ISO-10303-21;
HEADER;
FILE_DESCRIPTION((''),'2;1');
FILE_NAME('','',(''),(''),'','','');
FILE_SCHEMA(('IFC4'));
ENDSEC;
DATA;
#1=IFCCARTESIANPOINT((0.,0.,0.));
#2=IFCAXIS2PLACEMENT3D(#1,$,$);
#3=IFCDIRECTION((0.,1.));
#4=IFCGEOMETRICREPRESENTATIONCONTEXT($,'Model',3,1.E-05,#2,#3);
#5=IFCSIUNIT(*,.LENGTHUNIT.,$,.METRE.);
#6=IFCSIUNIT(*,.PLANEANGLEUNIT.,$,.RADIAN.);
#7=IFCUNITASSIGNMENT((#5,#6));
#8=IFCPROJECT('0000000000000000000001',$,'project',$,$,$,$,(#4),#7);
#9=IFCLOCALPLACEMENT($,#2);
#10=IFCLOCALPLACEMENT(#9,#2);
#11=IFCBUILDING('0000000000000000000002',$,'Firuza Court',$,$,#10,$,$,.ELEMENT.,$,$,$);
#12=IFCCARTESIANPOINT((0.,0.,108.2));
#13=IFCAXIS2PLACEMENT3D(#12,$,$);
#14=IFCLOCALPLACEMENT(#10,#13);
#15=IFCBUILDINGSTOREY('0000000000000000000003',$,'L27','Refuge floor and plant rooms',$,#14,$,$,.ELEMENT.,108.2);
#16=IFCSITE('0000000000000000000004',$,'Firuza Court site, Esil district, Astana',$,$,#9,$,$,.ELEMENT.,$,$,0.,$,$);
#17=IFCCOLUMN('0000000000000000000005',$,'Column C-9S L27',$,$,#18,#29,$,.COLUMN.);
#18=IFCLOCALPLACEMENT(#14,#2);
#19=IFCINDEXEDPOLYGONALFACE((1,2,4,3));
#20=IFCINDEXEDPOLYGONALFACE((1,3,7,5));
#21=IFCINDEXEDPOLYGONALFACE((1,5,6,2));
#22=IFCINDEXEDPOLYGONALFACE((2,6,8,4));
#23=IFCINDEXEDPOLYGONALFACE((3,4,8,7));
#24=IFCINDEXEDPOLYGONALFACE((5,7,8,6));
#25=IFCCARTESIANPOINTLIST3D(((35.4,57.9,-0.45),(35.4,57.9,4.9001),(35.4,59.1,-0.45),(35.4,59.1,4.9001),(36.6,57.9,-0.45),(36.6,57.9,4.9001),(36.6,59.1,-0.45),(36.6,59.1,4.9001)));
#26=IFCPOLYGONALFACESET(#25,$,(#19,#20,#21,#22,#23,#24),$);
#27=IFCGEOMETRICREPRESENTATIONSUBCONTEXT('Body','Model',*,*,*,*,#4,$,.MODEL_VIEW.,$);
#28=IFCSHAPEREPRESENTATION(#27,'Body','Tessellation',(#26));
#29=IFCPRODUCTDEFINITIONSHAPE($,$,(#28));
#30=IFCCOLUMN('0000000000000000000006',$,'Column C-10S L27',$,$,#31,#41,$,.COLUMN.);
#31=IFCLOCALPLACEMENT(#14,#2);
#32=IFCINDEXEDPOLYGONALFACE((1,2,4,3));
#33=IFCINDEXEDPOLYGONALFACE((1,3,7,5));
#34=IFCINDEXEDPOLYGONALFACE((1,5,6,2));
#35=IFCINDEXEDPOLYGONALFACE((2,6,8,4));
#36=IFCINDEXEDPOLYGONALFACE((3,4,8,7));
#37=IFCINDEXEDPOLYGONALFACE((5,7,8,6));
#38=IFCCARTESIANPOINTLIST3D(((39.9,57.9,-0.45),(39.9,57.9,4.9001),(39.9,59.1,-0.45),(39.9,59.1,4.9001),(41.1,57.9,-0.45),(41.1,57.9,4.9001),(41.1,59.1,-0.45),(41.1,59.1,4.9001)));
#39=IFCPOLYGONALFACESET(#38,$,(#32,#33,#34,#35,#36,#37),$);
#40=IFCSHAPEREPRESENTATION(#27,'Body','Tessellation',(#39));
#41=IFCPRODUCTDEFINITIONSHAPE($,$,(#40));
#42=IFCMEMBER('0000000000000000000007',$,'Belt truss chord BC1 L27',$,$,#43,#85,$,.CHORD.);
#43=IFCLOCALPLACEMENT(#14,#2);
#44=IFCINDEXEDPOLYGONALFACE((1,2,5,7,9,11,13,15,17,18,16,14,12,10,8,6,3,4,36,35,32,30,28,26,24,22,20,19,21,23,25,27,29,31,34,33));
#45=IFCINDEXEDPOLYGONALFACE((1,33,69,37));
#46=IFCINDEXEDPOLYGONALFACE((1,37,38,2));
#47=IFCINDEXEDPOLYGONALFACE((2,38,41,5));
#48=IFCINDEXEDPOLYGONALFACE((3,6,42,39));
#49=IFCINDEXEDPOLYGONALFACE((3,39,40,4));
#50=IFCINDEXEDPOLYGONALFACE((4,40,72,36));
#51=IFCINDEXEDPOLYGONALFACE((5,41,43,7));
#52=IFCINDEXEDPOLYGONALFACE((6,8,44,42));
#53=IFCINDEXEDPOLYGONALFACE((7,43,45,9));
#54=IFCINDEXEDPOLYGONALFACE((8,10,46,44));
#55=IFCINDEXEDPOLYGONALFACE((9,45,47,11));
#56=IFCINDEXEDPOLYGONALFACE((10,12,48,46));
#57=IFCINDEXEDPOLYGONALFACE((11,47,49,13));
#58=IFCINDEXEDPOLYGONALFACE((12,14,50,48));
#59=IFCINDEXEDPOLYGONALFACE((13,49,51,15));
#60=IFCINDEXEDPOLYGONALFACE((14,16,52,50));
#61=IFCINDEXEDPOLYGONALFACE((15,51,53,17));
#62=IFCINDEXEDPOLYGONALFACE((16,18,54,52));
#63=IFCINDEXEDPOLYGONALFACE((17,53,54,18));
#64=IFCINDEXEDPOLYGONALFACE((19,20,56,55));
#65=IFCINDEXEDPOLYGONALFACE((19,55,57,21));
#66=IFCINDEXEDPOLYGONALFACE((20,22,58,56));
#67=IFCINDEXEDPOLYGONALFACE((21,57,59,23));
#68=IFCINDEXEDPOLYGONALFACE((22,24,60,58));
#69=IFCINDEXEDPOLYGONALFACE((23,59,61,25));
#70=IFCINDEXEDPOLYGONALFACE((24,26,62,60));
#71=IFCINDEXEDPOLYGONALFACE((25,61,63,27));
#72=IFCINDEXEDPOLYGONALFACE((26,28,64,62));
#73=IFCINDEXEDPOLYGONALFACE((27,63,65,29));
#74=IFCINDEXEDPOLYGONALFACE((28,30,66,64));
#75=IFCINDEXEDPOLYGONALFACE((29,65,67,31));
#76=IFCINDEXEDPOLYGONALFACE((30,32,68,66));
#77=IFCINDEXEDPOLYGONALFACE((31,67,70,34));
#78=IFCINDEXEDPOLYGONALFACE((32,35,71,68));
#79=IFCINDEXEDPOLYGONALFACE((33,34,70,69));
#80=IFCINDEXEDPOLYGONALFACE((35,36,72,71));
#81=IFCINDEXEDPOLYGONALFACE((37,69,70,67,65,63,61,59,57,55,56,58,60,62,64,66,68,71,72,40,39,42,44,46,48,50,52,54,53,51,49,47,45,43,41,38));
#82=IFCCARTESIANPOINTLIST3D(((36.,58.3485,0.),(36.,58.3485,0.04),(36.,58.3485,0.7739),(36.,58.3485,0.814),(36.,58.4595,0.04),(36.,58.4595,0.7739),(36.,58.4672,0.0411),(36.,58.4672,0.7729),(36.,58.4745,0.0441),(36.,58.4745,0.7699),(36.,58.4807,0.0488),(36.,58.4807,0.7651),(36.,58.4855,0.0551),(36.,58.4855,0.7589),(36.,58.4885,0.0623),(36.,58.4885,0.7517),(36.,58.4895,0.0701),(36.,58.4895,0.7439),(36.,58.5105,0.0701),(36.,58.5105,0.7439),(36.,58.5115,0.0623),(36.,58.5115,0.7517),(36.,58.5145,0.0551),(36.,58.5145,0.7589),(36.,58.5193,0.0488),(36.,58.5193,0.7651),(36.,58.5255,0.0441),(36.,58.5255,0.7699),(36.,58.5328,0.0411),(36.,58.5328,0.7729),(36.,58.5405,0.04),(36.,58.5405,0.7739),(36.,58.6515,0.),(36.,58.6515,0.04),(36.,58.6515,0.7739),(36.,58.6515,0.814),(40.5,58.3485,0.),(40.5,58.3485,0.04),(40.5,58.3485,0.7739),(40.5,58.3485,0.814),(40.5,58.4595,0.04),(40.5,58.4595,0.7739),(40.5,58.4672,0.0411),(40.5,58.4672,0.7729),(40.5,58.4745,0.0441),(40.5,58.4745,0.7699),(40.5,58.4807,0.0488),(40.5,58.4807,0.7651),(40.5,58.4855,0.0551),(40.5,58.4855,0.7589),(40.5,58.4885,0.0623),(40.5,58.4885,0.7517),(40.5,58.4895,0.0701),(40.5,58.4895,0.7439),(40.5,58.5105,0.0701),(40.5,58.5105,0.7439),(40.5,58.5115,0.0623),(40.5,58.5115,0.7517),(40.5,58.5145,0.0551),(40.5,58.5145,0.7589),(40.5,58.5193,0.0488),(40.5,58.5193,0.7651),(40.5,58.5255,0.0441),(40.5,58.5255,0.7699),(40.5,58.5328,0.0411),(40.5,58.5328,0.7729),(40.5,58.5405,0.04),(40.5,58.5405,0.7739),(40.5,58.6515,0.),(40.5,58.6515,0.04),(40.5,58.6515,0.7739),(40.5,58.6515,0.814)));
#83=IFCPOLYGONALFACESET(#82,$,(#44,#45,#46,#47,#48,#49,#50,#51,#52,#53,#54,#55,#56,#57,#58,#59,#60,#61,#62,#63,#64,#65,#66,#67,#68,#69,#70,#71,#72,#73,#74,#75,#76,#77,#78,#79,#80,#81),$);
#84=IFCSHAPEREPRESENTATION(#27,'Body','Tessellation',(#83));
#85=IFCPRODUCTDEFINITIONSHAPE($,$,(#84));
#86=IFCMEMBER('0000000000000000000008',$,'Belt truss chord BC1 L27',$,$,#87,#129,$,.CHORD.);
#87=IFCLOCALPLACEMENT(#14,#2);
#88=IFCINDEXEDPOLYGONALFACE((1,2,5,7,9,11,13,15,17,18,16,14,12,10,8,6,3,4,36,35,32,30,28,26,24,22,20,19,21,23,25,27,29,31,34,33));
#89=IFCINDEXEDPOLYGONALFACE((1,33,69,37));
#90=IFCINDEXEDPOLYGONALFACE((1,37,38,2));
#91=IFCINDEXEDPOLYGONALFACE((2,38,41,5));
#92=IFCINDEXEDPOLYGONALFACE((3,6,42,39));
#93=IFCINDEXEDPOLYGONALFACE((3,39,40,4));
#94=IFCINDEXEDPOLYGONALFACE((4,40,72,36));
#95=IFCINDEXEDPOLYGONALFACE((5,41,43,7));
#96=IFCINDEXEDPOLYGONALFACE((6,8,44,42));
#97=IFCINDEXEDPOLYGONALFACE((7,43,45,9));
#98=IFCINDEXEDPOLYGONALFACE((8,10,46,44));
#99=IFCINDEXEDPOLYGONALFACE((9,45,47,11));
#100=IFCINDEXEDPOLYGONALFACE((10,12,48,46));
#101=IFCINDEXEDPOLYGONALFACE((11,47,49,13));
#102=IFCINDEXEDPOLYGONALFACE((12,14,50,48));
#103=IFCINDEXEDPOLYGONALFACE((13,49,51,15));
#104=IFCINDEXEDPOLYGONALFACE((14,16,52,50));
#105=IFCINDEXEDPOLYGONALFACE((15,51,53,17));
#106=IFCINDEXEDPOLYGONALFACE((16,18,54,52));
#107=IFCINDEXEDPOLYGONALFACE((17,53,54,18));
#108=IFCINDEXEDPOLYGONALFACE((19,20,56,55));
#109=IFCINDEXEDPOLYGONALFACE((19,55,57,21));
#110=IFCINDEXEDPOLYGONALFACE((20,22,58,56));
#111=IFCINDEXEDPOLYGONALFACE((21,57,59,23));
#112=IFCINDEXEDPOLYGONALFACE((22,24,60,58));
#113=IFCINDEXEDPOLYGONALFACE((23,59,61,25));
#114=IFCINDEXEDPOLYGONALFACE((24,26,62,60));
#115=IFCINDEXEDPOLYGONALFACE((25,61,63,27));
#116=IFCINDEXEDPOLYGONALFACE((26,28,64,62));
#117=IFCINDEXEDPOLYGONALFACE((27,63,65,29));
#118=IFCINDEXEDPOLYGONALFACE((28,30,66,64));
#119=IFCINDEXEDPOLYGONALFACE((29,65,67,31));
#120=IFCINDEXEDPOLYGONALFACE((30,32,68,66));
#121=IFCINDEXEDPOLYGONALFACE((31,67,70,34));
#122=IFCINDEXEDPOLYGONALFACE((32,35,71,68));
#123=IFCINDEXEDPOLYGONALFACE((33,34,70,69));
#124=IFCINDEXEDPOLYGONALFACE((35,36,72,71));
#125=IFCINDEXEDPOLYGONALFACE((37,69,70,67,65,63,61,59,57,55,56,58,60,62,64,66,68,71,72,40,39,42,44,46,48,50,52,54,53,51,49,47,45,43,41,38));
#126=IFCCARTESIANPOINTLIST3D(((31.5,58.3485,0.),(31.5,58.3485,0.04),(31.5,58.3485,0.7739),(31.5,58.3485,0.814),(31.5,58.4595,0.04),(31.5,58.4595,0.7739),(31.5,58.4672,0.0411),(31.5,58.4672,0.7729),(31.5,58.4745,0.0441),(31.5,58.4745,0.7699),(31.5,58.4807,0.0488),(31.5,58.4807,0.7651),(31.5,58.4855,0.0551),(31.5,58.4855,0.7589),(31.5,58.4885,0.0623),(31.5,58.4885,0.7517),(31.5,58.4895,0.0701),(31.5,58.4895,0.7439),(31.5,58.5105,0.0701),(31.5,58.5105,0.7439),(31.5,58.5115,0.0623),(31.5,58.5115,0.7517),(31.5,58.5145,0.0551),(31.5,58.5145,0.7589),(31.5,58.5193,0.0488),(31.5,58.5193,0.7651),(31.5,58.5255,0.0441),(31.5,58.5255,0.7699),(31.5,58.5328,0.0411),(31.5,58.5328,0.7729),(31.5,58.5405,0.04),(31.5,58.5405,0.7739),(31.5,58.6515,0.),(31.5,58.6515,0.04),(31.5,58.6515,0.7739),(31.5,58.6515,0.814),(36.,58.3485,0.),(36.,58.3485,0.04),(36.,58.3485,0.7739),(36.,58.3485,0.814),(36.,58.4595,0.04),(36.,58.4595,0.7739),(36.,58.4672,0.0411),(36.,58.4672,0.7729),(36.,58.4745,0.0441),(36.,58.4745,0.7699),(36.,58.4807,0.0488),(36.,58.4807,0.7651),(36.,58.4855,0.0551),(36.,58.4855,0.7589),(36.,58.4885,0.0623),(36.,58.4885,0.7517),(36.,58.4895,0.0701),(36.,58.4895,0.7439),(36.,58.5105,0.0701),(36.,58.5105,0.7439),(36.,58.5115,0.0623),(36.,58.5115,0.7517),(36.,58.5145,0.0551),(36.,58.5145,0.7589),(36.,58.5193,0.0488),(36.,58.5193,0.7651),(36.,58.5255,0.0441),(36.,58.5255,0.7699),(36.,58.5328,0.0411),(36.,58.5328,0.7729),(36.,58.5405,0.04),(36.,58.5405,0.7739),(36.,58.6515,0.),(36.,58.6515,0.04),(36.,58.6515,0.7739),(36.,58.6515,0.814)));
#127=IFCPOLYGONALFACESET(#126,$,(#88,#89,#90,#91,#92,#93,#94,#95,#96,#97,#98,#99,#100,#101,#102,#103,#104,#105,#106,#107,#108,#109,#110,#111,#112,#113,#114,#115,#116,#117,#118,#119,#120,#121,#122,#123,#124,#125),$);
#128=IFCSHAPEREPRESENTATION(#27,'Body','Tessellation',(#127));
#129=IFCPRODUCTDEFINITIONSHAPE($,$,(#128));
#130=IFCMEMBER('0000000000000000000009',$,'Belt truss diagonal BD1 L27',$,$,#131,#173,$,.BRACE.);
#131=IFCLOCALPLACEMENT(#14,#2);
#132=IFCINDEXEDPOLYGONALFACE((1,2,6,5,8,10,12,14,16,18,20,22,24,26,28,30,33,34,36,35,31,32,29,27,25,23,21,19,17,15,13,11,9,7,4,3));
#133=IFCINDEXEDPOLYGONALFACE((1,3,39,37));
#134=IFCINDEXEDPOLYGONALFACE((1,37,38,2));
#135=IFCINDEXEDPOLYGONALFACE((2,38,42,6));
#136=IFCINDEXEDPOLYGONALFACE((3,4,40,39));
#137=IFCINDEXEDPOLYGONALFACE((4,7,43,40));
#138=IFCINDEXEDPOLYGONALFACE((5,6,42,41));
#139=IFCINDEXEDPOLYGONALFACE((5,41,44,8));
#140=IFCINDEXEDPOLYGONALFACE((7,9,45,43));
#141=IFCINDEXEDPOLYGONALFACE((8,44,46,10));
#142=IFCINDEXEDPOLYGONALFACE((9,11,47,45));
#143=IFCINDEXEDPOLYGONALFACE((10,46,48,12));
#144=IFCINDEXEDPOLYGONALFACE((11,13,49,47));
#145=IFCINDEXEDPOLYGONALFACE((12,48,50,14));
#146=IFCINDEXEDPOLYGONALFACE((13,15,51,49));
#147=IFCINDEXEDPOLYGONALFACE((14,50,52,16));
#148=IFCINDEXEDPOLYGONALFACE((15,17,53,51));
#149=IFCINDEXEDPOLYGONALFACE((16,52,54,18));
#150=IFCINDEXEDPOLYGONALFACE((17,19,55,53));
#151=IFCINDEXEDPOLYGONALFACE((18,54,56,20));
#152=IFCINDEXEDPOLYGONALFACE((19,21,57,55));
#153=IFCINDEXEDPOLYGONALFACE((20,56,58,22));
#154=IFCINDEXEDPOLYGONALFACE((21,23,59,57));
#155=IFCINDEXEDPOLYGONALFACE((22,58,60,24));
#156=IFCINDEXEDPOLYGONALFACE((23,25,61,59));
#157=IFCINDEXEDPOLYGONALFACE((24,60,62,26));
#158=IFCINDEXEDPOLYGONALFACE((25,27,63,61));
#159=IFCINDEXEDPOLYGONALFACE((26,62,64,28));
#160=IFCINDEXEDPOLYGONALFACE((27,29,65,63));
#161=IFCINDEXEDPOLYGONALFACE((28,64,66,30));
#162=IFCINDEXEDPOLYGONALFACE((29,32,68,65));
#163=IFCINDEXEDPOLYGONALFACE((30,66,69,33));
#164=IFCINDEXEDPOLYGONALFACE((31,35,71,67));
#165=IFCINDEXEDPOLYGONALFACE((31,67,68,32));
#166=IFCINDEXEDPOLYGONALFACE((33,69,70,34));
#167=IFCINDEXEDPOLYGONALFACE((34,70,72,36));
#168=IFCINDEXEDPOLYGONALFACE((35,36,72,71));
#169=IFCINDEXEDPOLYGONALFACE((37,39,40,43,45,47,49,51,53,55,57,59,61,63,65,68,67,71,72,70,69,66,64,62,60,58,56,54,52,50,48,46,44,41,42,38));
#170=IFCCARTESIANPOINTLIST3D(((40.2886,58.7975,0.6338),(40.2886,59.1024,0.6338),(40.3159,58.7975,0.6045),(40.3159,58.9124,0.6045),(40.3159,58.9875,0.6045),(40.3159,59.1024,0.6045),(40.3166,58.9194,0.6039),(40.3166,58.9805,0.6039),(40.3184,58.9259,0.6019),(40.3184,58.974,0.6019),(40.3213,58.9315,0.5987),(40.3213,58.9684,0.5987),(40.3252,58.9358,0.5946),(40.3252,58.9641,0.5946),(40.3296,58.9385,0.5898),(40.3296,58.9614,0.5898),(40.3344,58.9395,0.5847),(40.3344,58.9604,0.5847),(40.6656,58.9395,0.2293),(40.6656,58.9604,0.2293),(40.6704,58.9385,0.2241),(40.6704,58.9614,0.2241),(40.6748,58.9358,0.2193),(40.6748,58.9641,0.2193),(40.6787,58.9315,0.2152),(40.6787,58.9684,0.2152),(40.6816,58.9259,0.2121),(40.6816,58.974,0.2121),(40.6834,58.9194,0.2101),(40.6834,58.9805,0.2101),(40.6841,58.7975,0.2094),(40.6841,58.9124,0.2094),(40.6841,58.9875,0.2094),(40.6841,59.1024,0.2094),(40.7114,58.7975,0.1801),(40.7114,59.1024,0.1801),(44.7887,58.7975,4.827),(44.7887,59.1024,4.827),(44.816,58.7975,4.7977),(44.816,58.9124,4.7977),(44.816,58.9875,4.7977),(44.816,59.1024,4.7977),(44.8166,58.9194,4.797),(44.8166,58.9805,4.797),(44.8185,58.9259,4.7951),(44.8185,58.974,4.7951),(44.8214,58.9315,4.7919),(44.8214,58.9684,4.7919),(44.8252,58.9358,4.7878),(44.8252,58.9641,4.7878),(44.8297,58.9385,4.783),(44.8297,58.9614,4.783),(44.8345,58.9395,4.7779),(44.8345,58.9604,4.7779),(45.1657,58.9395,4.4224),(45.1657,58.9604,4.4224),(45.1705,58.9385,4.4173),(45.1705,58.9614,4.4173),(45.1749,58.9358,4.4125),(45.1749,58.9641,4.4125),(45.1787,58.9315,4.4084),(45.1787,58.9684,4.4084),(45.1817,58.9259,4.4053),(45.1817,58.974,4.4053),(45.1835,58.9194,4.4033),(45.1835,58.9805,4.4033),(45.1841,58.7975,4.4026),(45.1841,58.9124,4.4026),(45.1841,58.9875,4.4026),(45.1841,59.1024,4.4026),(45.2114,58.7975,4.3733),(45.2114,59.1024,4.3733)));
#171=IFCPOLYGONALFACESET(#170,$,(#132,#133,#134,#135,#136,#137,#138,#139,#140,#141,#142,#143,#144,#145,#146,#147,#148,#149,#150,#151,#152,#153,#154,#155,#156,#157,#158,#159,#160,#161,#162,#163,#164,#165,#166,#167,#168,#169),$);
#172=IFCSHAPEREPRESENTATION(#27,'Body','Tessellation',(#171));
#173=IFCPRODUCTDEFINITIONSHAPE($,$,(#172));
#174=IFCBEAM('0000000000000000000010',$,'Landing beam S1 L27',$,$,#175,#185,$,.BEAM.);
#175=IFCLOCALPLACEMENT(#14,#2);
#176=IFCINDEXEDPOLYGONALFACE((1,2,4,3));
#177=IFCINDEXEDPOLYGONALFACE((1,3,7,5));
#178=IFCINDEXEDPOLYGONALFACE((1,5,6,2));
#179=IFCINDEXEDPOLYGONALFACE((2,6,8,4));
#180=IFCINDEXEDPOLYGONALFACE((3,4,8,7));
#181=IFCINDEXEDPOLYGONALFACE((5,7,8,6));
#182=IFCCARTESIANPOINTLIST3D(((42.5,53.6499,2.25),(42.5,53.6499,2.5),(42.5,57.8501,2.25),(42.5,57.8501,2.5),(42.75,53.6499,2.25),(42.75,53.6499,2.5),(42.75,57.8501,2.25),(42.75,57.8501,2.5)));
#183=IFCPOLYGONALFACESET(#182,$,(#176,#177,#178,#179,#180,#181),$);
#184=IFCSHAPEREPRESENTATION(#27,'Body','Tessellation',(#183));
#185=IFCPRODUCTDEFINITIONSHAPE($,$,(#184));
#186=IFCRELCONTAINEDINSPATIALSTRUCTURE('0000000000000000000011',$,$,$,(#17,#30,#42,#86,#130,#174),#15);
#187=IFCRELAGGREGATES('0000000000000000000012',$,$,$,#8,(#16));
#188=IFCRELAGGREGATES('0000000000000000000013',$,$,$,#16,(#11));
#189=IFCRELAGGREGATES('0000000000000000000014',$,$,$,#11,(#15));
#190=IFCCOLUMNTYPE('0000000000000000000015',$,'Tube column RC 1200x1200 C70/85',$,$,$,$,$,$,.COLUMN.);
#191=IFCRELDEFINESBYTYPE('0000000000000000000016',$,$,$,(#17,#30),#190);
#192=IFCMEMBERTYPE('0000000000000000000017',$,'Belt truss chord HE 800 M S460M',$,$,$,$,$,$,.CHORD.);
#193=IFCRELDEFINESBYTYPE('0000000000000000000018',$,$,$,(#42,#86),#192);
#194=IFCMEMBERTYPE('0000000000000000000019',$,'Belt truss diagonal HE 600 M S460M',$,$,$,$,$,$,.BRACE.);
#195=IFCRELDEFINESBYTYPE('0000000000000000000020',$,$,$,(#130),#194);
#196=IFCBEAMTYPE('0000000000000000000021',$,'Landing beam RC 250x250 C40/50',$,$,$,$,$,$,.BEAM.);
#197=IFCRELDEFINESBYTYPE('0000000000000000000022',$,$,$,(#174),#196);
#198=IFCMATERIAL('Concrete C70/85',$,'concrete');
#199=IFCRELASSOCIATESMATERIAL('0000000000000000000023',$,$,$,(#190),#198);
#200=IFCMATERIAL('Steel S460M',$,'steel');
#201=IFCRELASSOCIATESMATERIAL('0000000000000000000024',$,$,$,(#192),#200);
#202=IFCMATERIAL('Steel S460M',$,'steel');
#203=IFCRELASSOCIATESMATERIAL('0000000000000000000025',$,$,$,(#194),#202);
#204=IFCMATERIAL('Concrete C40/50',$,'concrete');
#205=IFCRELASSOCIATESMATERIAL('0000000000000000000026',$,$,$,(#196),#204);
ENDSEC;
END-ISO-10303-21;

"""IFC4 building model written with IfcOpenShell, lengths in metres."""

from ifc_helpers import new_model, si_unit, direction, frame, origin, origin_2d, place, context, subcontext, project, spatial, rectangle, i_section, extrude, material, material_profile, profile_set, type_object, element, save


model = new_model("IFC4")

# Units and contexts
model_context = context("Model", 3, precision=1e-05, world=origin(), true_north=direction((0.0, 1.0)))
body_context = subcontext(model_context, "Body", "Model", "MODEL_VIEW")
ifc_project = project(units=[si_unit("LENGTHUNIT", "METRE"), si_unit("PLANEANGLEUNIT", "RADIAN")], contexts=[model_context])

# Site, building, storey
site_placement = place(None, origin())
site = spatial("IfcSite", under=ifc_project, at=site_placement, Name="Firuza Court site, Esil district, Astana", CompositionType="ELEMENT", RefElevation=0.0)
building_placement = place(site_placement, origin())
building = spatial("IfcBuilding", under=site, at=building_placement, Name="Firuza Court", CompositionType="ELEMENT")
storey_placement = place(building_placement, frame((0.0, 0.0, 108.2)))
storey = spatial("IfcBuildingStorey", under=building, at=storey_placement, Name="L27", Description="Refuge floor and plant rooms", CompositionType="ELEMENT", Elevation=108.2)

# Columns
ifc_material_1 = material(Name="Concrete C70/85", Category="concrete")
ifc_material_profile_1 = material_profile(ifc_material_1, rectangle(XDim=1.2, YDim=1.2, at=origin_2d()), Name="RC 1200x1200")
ifc_profile_set_1 = profile_set([ifc_material_profile_1], Name="Concrete C70/85")
column_type = type_object("IfcColumnType", Name="Tube column RC 1200x1200 C70/85", PredefinedType="COLUMN", material=ifc_profile_set_1)
for number, where, z_axis, x_axis, name in (
    (1, (36.0, 58.5, -0.45), (0.0, 0.0, 1.0), (1.0, 0.0, 0.0), "Column C-9S L27"),
    (2, (40.5, 58.5, -0.45), (0.0, 0.0, 1.0), (1.0, 0.0, 0.0), "Column C-10S L27"),
):
    element("IfcColumn", number, at=place(storey_placement, frame(where, z_axis=z_axis, x_axis=x_axis)), inside=storey, type_object=column_type, Name=name, PredefinedType="COLUMN", context=body_context, shape_type="SweptSolid", body=[
        extrude(rectangle(XDim=1.2, YDim=1.2, at=origin_2d()), origin(), (0.0, 0.0, 1.0), 5.3501),
    ])

# Members
ifc_material_2 = material(Name="Steel S460M", Category="steel")
ifc_material_profile_2 = material_profile(ifc_material_2, i_section(OverallWidth=0.303, OverallDepth=0.814, WebThickness=0.021, FlangeThickness=0.04, FilletRadius=0.03, at=origin_2d()), Name="HE 800 M")
ifc_profile_set_2 = profile_set([ifc_material_profile_2], Name="Steel S460M")
member_type_1 = type_object("IfcMemberType", Name="Belt truss chord HE 800 M S460M", PredefinedType="CHORD", material=ifc_profile_set_2)
for number, where, z_axis, x_axis, name in (
    (3, (40.5, 58.5, 0.407), (-1.0, 0.0, 0.0), (0.0, -1.0, 0.0), "Belt truss chord BC1 L27"),
    (4, (36.0, 58.5, 0.407), (-1.0, 0.0, 0.0), (0.0, -1.0, 0.0), "Belt truss chord BC1 L27"),
):
    element("IfcMember", number, at=place(storey_placement, frame(where, z_axis=z_axis, x_axis=x_axis)), inside=storey, type_object=member_type_1, Name=name, PredefinedType="CHORD", context=body_context, shape_type="SweptSolid", body=[
        extrude(i_section(OverallWidth=0.303, OverallDepth=0.814, WebThickness=0.021, FlangeThickness=0.04, FilletRadius=0.03, at=origin_2d()), origin(), (0.0, 0.0, 1.0), 4.5),
    ])
ifc_material_3 = material(Name="Steel S460M", Category="steel")
ifc_material_profile_3 = material_profile(ifc_material_3, i_section(OverallWidth=0.3049, OverallDepth=0.6201, WebThickness=0.021, FlangeThickness=0.04, FilletRadius=0.0271, at=origin_2d()), Name="HE 600 M")
ifc_profile_set_3 = profile_set([ifc_material_profile_3], Name="Steel S460M")
member_type_2 = type_object("IfcMemberType", Name="Belt truss diagonal HE 600 M S460M", PredefinedType="BRACE", material=ifc_profile_set_3)
member_placement = place(storey_placement, frame((40.5, 58.95, 0.407), z_axis=(0.731613, 0.0, 0.68172), x_axis=(0.0, 1.0, 0.0)))
element("IfcMember", 5, at=member_placement, inside=storey, type_object=member_type_2, Name="Belt truss diagonal BD1 L27", PredefinedType="BRACE", context=body_context, shape_type="SweptSolid", body=[
    extrude(i_section(OverallWidth=0.3049, OverallDepth=0.6201, WebThickness=0.021, FlangeThickness=0.04, FilletRadius=0.0271, at=origin_2d()), origin(), (0.0, 0.0, 1.0), 6.1509),
])

# Beam
ifc_material_4 = material(Name="Concrete C40/50", Category="concrete")
ifc_material_profile_4 = material_profile(ifc_material_4, rectangle(XDim=0.25, YDim=0.25, at=origin_2d()), Name="RC 250x250")
ifc_profile_set_4 = profile_set([ifc_material_profile_4], Name="Concrete C40/50")
beam_type_1 = type_object("IfcBeamType", Name="Landing beam RC 250x250 C40/50", PredefinedType="BEAM", material=ifc_profile_set_4)
beam_placement = place(storey_placement, frame((42.625, 53.6499, 2.375), z_axis=(0.0, 1.0, 0.0), x_axis=(-1.0, 0.0, 0.0)))
element("IfcBeam", 6, at=beam_placement, inside=storey, type_object=beam_type_1, Name="Landing beam S1 L27", PredefinedType="BEAM", context=body_context, shape_type="SweptSolid", body=[
    extrude(rectangle(XDim=0.25, YDim=0.25, at=origin_2d()), origin(), (0.0, 0.0, 1.0), 4.2002),
])

save(model, "model.ifc")
